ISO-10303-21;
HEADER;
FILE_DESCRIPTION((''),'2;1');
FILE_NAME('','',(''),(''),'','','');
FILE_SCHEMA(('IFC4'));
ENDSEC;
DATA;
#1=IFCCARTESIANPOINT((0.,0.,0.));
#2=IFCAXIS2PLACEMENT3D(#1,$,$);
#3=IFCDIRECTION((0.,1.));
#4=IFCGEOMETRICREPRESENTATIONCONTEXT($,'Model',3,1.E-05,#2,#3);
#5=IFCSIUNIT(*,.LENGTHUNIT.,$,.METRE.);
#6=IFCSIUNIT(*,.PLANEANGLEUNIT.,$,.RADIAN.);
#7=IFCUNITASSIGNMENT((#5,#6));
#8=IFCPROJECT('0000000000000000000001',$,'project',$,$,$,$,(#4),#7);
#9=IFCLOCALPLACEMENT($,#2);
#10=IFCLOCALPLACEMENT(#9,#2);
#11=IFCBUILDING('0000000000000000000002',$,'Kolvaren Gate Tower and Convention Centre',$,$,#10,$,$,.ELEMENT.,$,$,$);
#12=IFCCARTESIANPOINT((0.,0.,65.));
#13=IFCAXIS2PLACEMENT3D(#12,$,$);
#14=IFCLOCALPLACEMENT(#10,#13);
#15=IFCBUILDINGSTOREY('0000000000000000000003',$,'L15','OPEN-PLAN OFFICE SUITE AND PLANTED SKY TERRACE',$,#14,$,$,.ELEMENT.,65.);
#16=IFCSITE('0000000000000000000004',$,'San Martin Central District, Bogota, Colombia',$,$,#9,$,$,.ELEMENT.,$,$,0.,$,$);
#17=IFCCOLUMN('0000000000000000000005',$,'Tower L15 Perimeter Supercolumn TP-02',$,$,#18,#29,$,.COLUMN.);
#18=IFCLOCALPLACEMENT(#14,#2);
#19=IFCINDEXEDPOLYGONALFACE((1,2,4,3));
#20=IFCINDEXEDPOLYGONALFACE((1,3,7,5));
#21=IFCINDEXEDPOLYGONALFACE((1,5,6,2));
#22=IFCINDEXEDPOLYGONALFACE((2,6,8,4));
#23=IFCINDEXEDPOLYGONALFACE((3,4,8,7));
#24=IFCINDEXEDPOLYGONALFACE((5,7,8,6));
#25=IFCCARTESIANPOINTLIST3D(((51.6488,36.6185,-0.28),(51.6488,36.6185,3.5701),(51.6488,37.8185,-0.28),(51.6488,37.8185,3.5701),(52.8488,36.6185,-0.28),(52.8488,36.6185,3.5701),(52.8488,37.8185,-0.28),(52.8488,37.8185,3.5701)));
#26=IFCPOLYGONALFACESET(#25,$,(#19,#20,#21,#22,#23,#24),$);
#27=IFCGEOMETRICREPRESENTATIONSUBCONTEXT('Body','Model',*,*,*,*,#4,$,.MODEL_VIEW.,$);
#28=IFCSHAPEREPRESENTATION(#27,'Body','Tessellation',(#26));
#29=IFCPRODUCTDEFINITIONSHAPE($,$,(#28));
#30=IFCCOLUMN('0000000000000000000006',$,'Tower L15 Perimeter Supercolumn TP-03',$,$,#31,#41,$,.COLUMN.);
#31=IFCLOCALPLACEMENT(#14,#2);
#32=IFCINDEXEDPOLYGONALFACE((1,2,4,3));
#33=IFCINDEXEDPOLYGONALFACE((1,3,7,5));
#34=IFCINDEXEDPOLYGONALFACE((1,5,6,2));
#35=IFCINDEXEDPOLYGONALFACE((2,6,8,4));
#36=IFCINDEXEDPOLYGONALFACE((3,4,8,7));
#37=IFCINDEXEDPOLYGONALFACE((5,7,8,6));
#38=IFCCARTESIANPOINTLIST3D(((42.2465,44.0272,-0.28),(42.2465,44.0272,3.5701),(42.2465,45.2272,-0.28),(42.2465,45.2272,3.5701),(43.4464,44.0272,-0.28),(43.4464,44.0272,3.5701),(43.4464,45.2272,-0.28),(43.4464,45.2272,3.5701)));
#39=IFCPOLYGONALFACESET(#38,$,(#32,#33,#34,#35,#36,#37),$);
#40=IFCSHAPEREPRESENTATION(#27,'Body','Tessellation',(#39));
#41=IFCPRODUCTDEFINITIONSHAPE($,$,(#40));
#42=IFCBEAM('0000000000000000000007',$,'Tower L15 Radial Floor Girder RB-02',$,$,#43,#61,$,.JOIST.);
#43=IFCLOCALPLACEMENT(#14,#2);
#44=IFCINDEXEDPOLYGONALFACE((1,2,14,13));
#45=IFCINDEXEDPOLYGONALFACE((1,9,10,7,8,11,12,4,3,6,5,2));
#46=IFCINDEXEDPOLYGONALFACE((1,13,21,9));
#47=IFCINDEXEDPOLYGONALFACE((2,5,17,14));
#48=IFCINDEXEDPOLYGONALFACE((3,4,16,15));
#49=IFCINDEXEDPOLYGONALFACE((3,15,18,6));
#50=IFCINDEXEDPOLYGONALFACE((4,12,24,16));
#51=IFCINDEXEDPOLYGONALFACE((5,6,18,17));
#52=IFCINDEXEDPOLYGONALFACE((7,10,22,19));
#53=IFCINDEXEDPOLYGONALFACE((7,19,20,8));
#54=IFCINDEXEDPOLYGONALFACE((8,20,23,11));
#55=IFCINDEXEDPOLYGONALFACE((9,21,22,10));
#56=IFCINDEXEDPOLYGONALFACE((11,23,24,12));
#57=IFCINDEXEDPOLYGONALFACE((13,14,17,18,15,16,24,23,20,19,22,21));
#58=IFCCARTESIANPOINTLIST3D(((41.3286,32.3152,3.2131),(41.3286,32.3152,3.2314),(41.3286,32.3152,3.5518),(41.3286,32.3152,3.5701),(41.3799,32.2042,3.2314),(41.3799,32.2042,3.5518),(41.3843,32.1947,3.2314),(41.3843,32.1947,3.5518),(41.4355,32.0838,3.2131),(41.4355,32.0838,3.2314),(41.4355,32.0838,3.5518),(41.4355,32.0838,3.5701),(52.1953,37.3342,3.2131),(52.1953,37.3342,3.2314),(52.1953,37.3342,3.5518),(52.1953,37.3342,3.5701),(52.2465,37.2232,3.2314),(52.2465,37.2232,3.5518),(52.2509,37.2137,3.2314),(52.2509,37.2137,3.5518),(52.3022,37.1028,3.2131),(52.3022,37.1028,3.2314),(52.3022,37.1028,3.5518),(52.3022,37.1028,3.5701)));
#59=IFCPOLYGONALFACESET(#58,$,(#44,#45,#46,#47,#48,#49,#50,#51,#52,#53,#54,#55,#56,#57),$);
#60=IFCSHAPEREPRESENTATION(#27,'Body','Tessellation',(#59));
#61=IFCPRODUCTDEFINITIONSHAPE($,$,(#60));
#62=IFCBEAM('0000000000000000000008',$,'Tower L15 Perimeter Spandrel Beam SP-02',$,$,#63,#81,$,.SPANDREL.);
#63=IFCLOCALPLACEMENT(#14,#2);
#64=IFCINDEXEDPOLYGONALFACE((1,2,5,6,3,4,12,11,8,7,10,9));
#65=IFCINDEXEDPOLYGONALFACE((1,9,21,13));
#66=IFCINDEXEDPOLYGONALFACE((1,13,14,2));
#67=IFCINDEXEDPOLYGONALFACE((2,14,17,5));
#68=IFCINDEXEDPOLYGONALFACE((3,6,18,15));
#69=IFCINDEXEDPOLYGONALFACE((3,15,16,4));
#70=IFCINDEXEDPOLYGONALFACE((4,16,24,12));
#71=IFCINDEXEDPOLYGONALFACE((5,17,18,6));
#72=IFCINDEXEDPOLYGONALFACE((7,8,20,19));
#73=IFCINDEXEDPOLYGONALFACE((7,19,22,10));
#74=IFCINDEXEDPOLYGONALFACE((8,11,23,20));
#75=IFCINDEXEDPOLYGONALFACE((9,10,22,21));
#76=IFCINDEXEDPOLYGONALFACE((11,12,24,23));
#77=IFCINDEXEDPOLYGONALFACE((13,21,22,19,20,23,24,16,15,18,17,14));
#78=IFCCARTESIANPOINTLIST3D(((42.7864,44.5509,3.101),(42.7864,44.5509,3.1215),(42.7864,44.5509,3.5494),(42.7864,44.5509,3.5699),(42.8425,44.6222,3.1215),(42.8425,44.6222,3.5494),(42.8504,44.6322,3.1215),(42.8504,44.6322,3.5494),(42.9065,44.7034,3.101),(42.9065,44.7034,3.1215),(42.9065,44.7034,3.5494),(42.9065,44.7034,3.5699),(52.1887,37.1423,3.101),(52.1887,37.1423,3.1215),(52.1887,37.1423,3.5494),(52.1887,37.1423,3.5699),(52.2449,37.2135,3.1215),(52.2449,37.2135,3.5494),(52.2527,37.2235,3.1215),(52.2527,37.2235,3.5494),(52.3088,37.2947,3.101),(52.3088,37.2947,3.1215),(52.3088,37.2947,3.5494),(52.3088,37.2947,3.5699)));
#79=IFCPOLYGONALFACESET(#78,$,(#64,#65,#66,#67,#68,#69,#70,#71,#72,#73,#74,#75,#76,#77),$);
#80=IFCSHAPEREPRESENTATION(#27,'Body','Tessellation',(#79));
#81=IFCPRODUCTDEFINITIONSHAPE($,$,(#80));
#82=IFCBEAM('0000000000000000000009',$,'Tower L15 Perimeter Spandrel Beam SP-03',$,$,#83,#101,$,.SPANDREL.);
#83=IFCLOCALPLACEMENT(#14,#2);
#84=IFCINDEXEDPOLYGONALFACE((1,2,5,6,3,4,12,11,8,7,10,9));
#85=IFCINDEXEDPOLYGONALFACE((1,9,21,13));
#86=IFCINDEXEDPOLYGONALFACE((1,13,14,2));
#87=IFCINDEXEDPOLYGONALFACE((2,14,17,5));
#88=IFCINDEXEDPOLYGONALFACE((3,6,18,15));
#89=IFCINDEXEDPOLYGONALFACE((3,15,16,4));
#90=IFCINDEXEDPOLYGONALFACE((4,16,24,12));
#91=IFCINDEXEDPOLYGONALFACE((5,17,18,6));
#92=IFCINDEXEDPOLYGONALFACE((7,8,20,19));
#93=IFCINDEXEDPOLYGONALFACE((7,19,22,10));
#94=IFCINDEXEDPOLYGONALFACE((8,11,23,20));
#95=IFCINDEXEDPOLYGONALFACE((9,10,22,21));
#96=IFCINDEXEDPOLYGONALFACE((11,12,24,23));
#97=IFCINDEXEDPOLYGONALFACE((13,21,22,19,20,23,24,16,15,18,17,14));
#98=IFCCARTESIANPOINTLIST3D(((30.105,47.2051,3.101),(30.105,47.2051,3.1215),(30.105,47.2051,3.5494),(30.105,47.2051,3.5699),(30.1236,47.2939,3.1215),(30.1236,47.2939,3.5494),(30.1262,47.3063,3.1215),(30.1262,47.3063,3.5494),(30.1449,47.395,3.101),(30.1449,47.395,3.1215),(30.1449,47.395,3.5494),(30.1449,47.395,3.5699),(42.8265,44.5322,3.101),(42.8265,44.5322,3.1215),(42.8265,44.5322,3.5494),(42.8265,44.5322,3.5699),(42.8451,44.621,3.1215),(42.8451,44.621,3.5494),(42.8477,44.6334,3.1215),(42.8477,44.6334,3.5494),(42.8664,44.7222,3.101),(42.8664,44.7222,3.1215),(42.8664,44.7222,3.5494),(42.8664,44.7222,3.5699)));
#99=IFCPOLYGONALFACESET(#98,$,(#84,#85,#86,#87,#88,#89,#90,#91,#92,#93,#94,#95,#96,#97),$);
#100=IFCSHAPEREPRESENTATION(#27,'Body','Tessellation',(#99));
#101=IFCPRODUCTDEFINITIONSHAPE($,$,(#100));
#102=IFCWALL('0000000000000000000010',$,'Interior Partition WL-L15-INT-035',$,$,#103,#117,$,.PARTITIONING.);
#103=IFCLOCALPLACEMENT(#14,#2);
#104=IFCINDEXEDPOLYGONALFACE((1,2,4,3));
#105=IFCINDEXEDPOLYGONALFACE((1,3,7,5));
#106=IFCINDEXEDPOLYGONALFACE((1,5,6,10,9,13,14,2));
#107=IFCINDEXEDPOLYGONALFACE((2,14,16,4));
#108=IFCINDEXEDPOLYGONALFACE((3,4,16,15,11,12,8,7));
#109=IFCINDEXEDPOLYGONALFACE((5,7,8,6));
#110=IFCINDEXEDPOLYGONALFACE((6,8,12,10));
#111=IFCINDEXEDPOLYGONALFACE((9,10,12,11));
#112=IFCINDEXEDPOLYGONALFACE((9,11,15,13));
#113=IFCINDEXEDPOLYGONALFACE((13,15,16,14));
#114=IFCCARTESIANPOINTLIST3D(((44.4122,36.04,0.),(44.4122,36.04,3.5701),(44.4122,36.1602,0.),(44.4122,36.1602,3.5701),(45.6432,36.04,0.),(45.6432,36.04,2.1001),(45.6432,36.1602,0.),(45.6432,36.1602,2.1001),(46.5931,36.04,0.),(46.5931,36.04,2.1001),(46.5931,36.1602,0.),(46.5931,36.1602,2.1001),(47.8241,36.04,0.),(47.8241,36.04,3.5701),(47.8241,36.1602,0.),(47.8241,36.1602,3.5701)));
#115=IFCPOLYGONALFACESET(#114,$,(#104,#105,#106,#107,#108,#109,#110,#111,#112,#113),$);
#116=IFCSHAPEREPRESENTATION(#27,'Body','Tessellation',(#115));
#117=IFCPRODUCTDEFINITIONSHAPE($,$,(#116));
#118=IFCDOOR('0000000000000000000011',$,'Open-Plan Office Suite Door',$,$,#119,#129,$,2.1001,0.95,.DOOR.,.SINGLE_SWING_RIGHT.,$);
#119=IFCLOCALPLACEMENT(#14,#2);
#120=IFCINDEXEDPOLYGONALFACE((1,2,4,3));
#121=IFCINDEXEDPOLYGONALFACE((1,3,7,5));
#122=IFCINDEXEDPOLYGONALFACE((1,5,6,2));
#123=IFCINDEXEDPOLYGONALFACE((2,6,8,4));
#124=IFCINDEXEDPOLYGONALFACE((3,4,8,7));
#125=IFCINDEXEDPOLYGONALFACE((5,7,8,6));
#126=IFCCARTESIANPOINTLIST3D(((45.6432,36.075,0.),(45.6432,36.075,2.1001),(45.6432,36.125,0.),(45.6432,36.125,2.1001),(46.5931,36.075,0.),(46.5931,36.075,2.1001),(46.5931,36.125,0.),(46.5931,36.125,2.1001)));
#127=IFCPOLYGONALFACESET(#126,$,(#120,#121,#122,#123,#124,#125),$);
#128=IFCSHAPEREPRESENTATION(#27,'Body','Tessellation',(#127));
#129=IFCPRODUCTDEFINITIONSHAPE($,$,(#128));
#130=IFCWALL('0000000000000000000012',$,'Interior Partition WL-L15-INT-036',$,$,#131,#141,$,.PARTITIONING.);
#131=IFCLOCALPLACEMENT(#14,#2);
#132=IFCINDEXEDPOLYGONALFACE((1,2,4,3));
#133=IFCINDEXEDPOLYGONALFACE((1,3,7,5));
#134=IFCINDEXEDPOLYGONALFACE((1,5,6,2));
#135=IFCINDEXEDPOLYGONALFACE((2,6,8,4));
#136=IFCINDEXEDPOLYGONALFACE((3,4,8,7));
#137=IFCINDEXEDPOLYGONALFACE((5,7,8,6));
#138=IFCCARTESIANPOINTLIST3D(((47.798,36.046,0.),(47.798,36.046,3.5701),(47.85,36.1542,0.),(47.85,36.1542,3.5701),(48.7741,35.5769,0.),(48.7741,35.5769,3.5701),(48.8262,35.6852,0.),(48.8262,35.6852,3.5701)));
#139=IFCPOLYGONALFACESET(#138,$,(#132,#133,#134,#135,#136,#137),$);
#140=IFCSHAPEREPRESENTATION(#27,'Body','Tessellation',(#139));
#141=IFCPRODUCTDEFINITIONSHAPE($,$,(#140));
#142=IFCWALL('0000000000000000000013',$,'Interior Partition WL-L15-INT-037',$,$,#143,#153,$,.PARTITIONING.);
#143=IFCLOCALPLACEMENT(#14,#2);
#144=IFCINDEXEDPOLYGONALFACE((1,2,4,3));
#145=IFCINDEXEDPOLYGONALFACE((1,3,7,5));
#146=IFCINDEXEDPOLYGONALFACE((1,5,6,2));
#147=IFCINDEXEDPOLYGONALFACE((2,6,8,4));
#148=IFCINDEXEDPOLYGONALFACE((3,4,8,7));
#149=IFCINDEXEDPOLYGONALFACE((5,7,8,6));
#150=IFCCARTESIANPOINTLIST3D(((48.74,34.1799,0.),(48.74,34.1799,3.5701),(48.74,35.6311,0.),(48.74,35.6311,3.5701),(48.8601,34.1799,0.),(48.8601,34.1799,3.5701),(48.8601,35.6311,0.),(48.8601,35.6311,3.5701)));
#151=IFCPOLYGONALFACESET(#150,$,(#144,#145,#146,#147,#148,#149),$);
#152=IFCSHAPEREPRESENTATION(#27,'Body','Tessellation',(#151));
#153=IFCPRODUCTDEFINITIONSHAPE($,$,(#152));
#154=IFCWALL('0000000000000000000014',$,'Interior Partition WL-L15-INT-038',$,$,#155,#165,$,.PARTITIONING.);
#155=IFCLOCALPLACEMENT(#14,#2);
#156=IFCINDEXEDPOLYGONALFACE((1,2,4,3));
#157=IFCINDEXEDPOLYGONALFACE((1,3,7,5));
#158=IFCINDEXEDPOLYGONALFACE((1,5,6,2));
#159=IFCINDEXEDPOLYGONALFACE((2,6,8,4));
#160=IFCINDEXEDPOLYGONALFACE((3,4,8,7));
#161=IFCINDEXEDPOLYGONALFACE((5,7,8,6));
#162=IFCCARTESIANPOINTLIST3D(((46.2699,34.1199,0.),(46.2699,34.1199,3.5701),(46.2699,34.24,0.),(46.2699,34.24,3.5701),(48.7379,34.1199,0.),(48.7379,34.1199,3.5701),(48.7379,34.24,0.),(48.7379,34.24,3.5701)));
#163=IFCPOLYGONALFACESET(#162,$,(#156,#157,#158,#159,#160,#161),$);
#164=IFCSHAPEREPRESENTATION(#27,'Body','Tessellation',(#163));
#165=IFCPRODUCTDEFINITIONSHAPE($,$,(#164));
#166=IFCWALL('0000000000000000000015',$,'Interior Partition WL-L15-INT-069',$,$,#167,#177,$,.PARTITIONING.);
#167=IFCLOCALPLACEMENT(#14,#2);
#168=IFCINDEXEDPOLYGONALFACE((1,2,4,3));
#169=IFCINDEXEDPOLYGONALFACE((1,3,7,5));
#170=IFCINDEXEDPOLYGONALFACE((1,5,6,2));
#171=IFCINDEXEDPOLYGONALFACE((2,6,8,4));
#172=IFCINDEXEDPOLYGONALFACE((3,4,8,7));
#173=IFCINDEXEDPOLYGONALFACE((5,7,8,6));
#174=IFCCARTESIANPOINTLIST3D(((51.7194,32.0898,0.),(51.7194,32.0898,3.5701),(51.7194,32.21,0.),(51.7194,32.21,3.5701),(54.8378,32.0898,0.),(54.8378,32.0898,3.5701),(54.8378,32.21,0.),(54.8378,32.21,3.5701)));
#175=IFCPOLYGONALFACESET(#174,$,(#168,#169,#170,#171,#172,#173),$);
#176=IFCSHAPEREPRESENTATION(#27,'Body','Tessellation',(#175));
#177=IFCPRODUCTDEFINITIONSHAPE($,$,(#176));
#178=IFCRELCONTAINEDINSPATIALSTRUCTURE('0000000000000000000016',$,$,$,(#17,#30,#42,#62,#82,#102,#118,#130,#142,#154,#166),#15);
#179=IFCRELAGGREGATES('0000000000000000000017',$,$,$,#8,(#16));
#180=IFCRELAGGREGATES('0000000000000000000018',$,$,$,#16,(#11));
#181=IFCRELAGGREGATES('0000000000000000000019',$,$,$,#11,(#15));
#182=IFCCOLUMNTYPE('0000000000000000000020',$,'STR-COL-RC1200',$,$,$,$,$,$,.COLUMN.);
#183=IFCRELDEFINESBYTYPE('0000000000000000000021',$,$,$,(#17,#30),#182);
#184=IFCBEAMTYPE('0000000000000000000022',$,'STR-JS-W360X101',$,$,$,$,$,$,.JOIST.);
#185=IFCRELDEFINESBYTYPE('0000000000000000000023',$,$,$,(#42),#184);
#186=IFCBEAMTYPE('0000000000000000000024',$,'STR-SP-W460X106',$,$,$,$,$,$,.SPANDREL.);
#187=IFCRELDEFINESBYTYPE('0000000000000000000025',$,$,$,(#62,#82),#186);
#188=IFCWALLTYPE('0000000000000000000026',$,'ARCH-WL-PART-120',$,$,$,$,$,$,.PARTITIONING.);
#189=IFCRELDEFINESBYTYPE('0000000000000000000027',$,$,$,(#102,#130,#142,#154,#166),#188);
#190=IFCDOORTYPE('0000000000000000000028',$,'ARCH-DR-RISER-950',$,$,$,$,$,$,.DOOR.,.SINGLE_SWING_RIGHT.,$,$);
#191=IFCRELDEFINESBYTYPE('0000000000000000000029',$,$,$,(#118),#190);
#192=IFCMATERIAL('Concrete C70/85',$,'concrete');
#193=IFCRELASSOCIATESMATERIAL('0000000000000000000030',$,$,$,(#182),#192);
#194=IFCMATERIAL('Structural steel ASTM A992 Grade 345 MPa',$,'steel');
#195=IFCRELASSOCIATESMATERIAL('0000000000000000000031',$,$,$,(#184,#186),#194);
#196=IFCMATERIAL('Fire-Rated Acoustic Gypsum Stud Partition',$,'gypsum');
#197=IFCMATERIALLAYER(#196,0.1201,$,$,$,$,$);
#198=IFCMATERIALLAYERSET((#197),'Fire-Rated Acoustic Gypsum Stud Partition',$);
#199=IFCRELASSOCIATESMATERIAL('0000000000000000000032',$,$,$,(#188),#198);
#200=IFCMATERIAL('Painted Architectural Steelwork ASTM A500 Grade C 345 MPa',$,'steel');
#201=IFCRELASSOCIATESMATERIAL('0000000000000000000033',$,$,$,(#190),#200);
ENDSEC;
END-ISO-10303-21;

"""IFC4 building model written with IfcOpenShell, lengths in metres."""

from ifc_helpers import new_model, si_unit, direction, frame, frame_2d, origin, origin_2d, place, context, subcontext, project, spatial, rectangle, i_section, extrude, material, layer, layer_set, material_profile, profile_set, type_object, element, fill, save


model = new_model("IFC4")

# Units and contexts
model_context = context("Model", 3, precision=1e-05, world=origin(), true_north=direction((0.0, 1.0)))
body_context = subcontext(model_context, "Body", "Model", "MODEL_VIEW")
ifc_project = project(units=[si_unit("LENGTHUNIT", "METRE"), si_unit("PLANEANGLEUNIT", "RADIAN")], contexts=[model_context])

# Site, building, storey
site_placement = place(None, origin())
site = spatial("IfcSite", under=ifc_project, at=site_placement, Name="San Martin Central District, Bogota, Colombia", CompositionType="ELEMENT", RefElevation=0.0)
building_placement = place(site_placement, origin())
building = spatial("IfcBuilding", under=site, at=building_placement, Name="Kolvaren Gate Tower and Convention Centre", CompositionType="ELEMENT")
storey_placement = place(building_placement, frame((0.0, 0.0, 65.0)))
storey = spatial("IfcBuildingStorey", under=building, at=storey_placement, Name="L15", Description="OPEN-PLAN OFFICE SUITE AND PLANTED SKY TERRACE", CompositionType="ELEMENT", Elevation=65.0)

# Columns
ifc_material_1 = material(Name="Concrete C70/85", Category="concrete")
ifc_material_profile_1 = material_profile(ifc_material_1, rectangle(XDim=1.2, YDim=1.2, at=origin_2d()), Name="RC-COL-1200X1200")
ifc_profile_set_1 = profile_set([ifc_material_profile_1], Name="Concrete C70/85")
column_type = type_object("IfcColumnType", Name="STR-COL-RC1200", PredefinedType="COLUMN", material=ifc_profile_set_1)
for number, where, z_axis, x_axis, name in (
    (1, (52.2488, 37.2185, -0.28), (0.0, 0.0, 1.0), (1.0, 0.0, 0.0), "Tower L15 Perimeter Supercolumn TP-02"),
    (2, (42.8464, 44.6272, -0.28), (0.0, 0.0, 1.0), (1.0, 0.0, 0.0), "Tower L15 Perimeter Supercolumn TP-03"),
):
    element("IfcColumn", number, at=place(storey_placement, frame(where, z_axis=z_axis, x_axis=x_axis)), inside=storey, type_object=column_type, Name=name, PredefinedType="COLUMN", context=body_context, shape_type="SweptSolid", body=[
        extrude(rectangle(XDim=1.2, YDim=1.2, at=origin_2d()), origin(), (0.0, 0.0, 1.0), 3.8501),
    ])

# Beams
ifc_material_2 = material(Name="Structural steel ASTM A992 Grade 345 MPa", Category="steel")
ifc_material_profile_2 = material_profile(ifc_material_2, i_section(OverallWidth=0.2549, OverallDepth=0.3569, WebThickness=0.0105, FlangeThickness=0.0183, at=origin_2d()), Name="W360X101")
ifc_profile_set_2 = profile_set([ifc_material_profile_2], Name="Structural steel ASTM A992 Grade 345 MPa")
beam_type_1 = type_object("IfcBeamType", Name="STR-JS-W360X101", PredefinedType="JOIST", material=ifc_profile_set_2)
beam_1_placement = place(storey_placement, frame((41.3821, 32.1995, 3.3916), z_axis=(0.907844, 0.419309, 0.0), x_axis=(-0.419309, 0.907844, 0.0)))
element("IfcBeam", 3, at=beam_1_placement, inside=storey, type_object=beam_type_1, Name="Tower L15 Radial Floor Girder RB-02", PredefinedType="JOIST", context=body_context, shape_type="SweptSolid", body=[
    extrude(i_section(OverallWidth=0.2549, OverallDepth=0.3569, WebThickness=0.0105, FlangeThickness=0.0183, at=origin_2d()), origin(), (0.0, 0.0, 1.0), 11.9697),
])
ifc_material_profile_3 = material_profile(ifc_material_2, i_section(OverallWidth=0.1941, OverallDepth=0.469, WebThickness=0.0127, FlangeThickness=0.0205, at=origin_2d()), Name="W460X106")
ifc_profile_set_3 = profile_set([ifc_material_profile_3], Name="Structural steel ASTM A992 Grade 345 MPa")
beam_type_2 = type_object("IfcBeamType", Name="STR-SP-W460X106", PredefinedType="SPANDREL", material=ifc_profile_set_3)
beam_2_placement = place(storey_placement, frame((52.2488, 37.2185, 3.3354), z_axis=(-0.78546, 0.618913, 0.0), x_axis=(-0.618913, -0.78546, 0.0)))
element("IfcBeam", 4, at=beam_2_placement, inside=storey, type_object=beam_type_2, Name="Tower L15 Perimeter Spandrel Beam SP-02", PredefinedType="SPANDREL", context=body_context, shape_type="SweptSolid", body=[
    extrude(i_section(OverallWidth=0.1941, OverallDepth=0.469, WebThickness=0.0127, FlangeThickness=0.0205, at=origin_2d()), origin(), (0.0, 0.0, 1.0), 11.9705),
])
beam_3_placement = place(storey_placement, frame((42.8464, 44.6272, 3.3354), z_axis=(-0.978633, 0.205617, 0.0), x_axis=(-0.205617, -0.978633, 0.0)))
element("IfcBeam", 5, at=beam_3_placement, inside=storey, type_object=beam_type_2, Name="Tower L15 Perimeter Spandrel Beam SP-03", PredefinedType="SPANDREL", context=body_context, shape_type="SweptSolid", body=[
    extrude(i_section(OverallWidth=0.1941, OverallDepth=0.469, WebThickness=0.0127, FlangeThickness=0.0205, at=origin_2d()), origin(), (0.0, 0.0, 1.0), 12.9993),
])

# Wall, opening, door
ifc_material_3 = material(Name="Fire-Rated Acoustic Gypsum Stud Partition", Category="gypsum")
ifc_layer_1 = layer(ifc_material_3, 0.1201)
ifc_layer_set_1 = layer_set([ifc_layer_1], Name="Fire-Rated Acoustic Gypsum Stud Partition")
wall_type_1 = type_object("IfcWallType", Name="ARCH-WL-PART-120", PredefinedType="PARTITIONING", material=ifc_layer_set_1)
wall_1_placement = place(storey_placement, frame((44.4121, 36.1001, 0.0), z_axis=(0.0, 0.0, 1.0), x_axis=(1.0, 0.0, 0.0)))
wall_1 = element("IfcWall", 6, at=wall_1_placement, inside=storey, type_object=wall_type_1, Name="Interior Partition WL-L15-INT-035", PredefinedType="PARTITIONING", context=body_context, shape_type="SweptSolid", body=[
    extrude(rectangle(XDim=3.4119, YDim=0.1201, at=frame_2d((1.7061, 0.0))), origin(), (0.0, 0.0, 1.0), 3.5701),
])
opening_1_placement = place(wall_1_placement, frame((1.231, 0.0, 0.0)))
opening_1 = element("IfcOpeningElement", 7, at=opening_1_placement, cuts=wall_1, PredefinedType="OPENING", context=body_context, shape_type="SweptSolid", body=[
    extrude(rectangle(XDim=0.95, YDim=2.1001, at=frame_2d((0.4751, 1.05))), frame((0.0, 0.0701, 0.0), z_axis=(0.0, -1.0, 0.0), x_axis=(1.0, 0.0, 0.0)), (0.0, 0.0, 1.0), 0.1401),
])
ifc_material_4 = material(Name="Painted Architectural Steelwork ASTM A500 Grade C 345 MPa", Category="steel")
door_type = type_object("IfcDoorType", Name="ARCH-DR-RISER-950", OperationType="SINGLE_SWING_RIGHT", PredefinedType="DOOR", material=ifc_material_4)
door_placement = place(opening_1_placement, origin())
door = element("IfcDoor", 8, at=door_placement, inside=storey, type_object=door_type, Name="Open-Plan Office Suite Door", OperationType="SINGLE_SWING_RIGHT", OverallHeight=2.1001, OverallWidth=0.95, PredefinedType="DOOR", context=body_context, shape_type="SweptSolid", body=[
    extrude(rectangle(XDim=0.95, YDim=2.1001, at=frame_2d((0.4751, 1.05))), frame((0.0, 0.0249, 0.0), z_axis=(0.0, -1.0, 0.0), x_axis=(1.0, 0.0, 0.0)), (0.0, 0.0, 1.0), 0.05),
])
fill(opening_1, door)

# Walls
wall_2_placement = place(storey_placement, frame((47.824, 36.1001, 0.0), z_axis=(0.0, 0.0, 1.0), x_axis=(0.901351, -0.43309, 0.0)))
element("IfcWall", 9, at=wall_2_placement, inside=storey, type_object=wall_type_1, Name="Interior Partition WL-L15-INT-036", PredefinedType="PARTITIONING", context=body_context, shape_type="SweptSolid", body=[
    extrude(rectangle(XDim=1.083, YDim=0.1201, at=frame_2d((0.5415, 0.0))), origin(), (0.0, 0.0, 1.0), 3.5701),
])
wall_3_placement = place(storey_placement, frame((48.8, 34.1799, 0.0), z_axis=(0.0, 0.0, 1.0), x_axis=(0.0, 1.0, 0.0)))
element("IfcWall", 10, at=wall_3_placement, inside=storey, type_object=wall_type_1, Name="Interior Partition WL-L15-INT-037", PredefinedType="PARTITIONING", context=body_context, shape_type="SweptSolid", body=[
    extrude(rectangle(XDim=1.4512, YDim=0.1201, at=frame_2d((0.7256, 0.0))), origin(), (0.0, 0.0, 1.0), 3.5701),
])
wall_4_placement = place(storey_placement, frame((46.27, 34.1799, 0.0), z_axis=(0.0, 0.0, 1.0), x_axis=(1.0, 0.0, 0.0)))
element("IfcWall", 11, at=wall_4_placement, inside=storey, type_object=wall_type_1, Name="Interior Partition WL-L15-INT-038", PredefinedType="PARTITIONING", context=body_context, shape_type="SweptSolid", body=[
    extrude(rectangle(XDim=2.468, YDim=0.1201, at=frame_2d((1.2339, 0.0))), origin(), (0.0, 0.0, 1.0), 3.5701),
])
wall_5_placement = place(storey_placement, frame((51.7195, 32.1499, 0.0), z_axis=(0.0, 0.0, 1.0), x_axis=(1.0, 0.0, 0.0)))
element("IfcWall", 12, at=wall_5_placement, inside=storey, type_object=wall_type_1, Name="Interior Partition WL-L15-INT-069", PredefinedType="PARTITIONING", context=body_context, shape_type="SweptSolid", body=[
    extrude(rectangle(XDim=3.1184, YDim=0.1201, at=frame_2d((1.5591, 0.0))), origin(), (0.0, 0.0, 1.0), 3.5701),
])

save(model, "model.ifc")
